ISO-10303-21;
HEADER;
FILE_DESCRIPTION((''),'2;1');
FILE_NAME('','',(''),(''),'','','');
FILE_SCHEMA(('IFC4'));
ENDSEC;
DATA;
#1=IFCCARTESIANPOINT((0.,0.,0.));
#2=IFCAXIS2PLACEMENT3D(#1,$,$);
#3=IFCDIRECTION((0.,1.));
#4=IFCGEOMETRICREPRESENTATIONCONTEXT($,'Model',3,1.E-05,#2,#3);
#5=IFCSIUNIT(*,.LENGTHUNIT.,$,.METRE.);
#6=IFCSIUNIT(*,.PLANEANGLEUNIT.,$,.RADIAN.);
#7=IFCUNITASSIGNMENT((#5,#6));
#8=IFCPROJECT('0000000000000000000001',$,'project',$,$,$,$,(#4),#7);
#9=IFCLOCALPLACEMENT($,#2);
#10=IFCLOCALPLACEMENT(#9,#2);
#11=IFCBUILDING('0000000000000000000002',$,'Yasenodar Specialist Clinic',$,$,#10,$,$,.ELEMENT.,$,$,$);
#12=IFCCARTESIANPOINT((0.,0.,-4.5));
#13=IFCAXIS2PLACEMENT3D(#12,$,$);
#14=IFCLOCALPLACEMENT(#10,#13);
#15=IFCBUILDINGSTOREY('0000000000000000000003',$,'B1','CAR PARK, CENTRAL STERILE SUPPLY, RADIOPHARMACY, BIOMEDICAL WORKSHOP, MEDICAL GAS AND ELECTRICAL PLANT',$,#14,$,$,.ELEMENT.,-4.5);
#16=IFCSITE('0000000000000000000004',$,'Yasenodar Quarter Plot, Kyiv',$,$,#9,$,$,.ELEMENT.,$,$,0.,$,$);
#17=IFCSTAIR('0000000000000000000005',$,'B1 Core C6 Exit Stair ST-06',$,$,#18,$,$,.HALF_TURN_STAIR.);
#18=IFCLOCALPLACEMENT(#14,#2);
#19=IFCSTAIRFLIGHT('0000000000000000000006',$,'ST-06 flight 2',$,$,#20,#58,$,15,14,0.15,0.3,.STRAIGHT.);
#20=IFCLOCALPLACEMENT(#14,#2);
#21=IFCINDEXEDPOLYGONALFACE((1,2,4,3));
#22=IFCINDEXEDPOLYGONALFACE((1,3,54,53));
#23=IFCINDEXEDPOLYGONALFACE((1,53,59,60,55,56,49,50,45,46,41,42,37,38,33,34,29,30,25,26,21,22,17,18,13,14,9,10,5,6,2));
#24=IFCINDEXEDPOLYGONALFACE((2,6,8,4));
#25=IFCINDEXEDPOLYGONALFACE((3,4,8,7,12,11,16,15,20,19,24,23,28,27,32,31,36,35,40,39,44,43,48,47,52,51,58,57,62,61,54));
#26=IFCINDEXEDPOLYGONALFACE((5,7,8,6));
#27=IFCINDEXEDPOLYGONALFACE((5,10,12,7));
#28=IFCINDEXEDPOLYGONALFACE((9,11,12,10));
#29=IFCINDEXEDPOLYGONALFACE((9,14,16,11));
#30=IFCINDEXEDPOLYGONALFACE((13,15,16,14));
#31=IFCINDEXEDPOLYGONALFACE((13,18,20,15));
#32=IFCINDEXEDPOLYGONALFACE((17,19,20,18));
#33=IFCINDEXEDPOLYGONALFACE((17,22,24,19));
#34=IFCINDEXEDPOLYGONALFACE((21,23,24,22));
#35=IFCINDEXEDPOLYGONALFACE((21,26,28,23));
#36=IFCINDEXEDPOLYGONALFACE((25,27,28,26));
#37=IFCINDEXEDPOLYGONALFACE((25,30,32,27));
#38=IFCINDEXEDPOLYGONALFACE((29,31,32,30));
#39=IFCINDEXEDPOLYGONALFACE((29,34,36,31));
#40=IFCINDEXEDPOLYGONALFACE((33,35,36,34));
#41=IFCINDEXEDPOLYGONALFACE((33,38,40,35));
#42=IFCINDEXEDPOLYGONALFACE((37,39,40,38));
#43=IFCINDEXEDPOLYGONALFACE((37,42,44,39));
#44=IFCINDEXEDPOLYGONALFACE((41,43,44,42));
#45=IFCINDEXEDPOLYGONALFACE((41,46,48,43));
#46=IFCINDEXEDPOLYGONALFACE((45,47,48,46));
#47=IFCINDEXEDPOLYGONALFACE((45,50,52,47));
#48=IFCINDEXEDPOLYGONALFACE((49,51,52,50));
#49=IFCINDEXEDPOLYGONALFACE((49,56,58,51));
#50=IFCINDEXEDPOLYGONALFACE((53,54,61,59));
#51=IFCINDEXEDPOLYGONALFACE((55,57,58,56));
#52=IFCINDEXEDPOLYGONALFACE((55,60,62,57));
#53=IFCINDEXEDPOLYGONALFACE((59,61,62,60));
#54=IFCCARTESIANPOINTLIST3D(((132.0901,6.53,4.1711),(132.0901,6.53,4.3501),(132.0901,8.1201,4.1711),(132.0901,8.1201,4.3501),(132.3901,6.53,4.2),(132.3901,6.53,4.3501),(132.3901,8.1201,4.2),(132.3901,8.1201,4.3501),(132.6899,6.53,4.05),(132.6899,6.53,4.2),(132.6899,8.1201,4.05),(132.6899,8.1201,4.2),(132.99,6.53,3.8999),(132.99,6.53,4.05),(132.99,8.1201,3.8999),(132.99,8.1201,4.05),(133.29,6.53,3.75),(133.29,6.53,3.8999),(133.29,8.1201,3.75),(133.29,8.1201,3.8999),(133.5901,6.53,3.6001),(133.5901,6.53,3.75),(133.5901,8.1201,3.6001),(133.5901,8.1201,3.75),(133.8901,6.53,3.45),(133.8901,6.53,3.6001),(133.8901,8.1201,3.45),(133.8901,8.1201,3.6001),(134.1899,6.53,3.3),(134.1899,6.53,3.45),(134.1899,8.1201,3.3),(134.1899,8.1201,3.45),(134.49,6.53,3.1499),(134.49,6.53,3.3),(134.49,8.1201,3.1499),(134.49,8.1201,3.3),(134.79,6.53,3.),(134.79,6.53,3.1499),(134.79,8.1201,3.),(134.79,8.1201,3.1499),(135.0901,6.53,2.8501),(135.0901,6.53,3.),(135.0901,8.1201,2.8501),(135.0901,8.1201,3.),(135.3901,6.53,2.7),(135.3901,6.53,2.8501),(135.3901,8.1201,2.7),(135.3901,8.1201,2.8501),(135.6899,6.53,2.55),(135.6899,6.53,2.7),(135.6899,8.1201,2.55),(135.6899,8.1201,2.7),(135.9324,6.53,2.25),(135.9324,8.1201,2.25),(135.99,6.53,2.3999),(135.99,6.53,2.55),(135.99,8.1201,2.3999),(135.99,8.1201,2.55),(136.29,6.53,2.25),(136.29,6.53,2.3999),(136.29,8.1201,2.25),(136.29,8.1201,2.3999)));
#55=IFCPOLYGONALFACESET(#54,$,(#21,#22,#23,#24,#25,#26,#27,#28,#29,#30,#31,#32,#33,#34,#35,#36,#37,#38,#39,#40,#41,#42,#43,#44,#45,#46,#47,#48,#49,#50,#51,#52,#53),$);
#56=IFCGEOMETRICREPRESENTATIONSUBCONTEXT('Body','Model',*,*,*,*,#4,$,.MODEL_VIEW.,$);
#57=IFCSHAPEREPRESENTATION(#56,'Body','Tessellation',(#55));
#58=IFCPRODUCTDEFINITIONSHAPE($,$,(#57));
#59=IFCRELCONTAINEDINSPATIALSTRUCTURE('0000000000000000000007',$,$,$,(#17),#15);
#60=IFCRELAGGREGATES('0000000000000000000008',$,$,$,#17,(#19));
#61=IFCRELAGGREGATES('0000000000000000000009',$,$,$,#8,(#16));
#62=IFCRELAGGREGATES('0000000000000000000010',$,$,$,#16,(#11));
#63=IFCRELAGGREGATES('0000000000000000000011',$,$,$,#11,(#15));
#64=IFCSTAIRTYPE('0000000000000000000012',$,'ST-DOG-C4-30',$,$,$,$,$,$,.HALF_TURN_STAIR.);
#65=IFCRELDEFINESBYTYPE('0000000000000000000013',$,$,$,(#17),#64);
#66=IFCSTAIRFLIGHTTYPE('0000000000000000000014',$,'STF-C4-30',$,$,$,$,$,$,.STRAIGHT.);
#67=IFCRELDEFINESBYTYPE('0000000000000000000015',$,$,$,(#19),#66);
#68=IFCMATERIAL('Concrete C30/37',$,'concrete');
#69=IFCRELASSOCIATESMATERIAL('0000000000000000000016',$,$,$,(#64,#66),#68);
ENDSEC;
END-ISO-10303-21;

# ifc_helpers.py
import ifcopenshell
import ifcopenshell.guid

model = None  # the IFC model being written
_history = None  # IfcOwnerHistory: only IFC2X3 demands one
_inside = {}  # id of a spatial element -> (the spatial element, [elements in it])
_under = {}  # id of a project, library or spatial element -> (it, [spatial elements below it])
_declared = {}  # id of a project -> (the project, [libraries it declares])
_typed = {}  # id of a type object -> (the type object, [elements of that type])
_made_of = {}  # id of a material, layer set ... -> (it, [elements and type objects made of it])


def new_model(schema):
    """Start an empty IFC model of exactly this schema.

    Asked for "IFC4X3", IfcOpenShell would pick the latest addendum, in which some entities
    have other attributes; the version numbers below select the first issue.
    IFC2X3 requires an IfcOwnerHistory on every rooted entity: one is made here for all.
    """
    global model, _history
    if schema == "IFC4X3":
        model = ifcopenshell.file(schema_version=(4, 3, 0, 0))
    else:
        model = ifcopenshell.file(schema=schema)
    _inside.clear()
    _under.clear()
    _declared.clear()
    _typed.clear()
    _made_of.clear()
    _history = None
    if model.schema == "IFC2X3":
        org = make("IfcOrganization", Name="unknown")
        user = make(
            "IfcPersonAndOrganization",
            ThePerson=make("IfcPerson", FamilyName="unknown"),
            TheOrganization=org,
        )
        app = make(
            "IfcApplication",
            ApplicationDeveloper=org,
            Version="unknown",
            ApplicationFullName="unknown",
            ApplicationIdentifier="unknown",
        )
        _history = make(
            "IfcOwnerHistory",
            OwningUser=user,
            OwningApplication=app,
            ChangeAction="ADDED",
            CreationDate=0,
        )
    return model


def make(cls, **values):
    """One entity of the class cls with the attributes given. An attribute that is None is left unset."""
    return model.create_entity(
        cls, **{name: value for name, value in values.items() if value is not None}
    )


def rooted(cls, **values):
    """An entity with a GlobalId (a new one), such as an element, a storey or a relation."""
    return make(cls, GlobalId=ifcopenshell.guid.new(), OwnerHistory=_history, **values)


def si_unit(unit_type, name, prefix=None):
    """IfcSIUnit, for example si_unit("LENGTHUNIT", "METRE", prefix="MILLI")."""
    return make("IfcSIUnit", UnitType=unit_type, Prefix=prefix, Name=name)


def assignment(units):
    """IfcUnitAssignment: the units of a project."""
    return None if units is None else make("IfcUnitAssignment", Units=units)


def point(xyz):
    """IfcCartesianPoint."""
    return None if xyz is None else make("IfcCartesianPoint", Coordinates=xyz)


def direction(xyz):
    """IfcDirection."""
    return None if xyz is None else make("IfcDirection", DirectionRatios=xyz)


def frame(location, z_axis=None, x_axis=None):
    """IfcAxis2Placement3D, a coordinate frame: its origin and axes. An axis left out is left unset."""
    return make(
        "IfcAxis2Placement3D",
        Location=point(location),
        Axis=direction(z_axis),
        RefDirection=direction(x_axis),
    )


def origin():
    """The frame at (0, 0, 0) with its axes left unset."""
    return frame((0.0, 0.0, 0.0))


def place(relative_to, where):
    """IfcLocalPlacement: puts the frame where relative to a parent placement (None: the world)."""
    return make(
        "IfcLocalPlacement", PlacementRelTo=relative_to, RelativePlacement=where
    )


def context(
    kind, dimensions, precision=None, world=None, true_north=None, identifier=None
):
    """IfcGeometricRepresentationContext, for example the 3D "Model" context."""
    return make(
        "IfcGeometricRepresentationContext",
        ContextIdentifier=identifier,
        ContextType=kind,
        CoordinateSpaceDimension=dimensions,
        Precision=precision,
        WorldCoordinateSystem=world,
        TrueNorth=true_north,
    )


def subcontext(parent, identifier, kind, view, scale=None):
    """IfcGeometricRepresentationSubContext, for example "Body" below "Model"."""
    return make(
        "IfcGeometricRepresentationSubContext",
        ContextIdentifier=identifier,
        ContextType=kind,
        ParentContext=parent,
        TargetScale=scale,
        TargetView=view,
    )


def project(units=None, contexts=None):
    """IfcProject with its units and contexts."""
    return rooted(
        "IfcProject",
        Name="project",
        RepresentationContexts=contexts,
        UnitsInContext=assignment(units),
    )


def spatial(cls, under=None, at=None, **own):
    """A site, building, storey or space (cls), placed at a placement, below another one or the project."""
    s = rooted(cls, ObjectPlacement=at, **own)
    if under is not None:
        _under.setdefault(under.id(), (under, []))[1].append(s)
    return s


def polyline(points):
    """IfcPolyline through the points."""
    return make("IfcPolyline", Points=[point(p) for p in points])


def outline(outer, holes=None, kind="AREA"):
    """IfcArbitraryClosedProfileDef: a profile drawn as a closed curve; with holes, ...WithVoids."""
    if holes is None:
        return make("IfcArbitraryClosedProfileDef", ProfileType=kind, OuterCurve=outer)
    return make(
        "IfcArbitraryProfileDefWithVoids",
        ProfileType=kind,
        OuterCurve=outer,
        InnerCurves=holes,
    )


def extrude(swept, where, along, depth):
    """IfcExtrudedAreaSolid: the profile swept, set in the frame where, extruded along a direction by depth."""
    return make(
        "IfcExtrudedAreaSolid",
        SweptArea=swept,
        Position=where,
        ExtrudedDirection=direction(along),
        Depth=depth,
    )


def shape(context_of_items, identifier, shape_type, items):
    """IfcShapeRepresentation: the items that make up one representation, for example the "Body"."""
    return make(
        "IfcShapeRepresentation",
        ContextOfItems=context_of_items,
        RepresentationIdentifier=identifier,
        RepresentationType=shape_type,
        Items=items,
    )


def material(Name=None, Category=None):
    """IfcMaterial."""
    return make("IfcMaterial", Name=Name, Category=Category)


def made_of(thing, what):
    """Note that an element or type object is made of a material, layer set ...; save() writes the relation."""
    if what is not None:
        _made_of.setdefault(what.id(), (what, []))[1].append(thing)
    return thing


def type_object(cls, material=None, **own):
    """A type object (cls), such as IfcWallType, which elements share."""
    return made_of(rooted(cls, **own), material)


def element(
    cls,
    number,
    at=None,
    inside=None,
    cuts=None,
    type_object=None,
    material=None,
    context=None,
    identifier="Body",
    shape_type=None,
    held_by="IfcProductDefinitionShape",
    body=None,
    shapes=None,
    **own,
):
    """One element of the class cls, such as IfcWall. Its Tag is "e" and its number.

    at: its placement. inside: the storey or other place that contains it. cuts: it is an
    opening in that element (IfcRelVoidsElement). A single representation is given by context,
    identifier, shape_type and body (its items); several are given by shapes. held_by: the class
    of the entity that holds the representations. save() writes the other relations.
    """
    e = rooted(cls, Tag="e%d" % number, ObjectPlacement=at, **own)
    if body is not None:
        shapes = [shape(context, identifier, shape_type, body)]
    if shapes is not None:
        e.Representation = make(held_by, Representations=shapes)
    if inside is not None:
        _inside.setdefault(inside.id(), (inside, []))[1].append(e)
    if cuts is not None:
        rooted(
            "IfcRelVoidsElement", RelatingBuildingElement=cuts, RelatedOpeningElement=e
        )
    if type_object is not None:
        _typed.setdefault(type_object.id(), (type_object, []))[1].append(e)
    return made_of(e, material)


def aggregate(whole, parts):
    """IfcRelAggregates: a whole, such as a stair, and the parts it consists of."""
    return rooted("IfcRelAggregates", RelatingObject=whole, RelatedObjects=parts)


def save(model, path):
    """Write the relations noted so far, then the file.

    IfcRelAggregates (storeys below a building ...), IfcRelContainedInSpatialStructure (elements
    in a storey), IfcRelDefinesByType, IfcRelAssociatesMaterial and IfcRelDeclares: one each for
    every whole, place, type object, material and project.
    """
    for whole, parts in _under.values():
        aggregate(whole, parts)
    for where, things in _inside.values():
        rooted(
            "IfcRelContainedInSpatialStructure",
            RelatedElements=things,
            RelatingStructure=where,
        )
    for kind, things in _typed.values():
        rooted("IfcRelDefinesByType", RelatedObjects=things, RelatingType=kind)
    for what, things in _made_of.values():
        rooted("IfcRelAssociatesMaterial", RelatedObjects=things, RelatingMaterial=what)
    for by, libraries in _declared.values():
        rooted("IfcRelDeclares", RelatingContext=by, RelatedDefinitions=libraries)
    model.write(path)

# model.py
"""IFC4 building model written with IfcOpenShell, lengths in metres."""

from ifc_helpers import new_model, si_unit, direction, frame, origin, place, context, subcontext, project, spatial, polyline, outline, extrude, material, type_object, element, aggregate, save


model = new_model("IFC4")

# Units and contexts
model_context = context("Model", 3, precision=1e-05, world=origin(), true_north=direction((0.0, 1.0)))
body_context = subcontext(model_context, "Body", "Model", "MODEL_VIEW")
ifc_project = project(units=[si_unit("LENGTHUNIT", "METRE"), si_unit("PLANEANGLEUNIT", "RADIAN")], contexts=[model_context])

# Site, building, storey
site_placement = place(None, origin())
site = spatial("IfcSite", under=ifc_project, at=site_placement, Name="Yasenodar Quarter Plot, Kyiv", CompositionType="ELEMENT", RefElevation=0.0)
building_placement = place(site_placement, origin())
building = spatial("IfcBuilding", under=site, at=building_placement, Name="Yasenodar Specialist Clinic", CompositionType="ELEMENT")
storey_placement = place(building_placement, frame((0.0, 0.0, -4.5)))
storey = spatial("IfcBuildingStorey", under=building, at=storey_placement, Name="B1", Description="CAR PARK, CENTRAL STERILE SUPPLY, RADIOPHARMACY, BIOMEDICAL WORKSHOP, MEDICAL GAS AND ELECTRICAL PLANT", CompositionType="ELEMENT", Elevation=-4.5)

# Shared definitions
ifc_material_1 = material(Name="Concrete C30/37", Category="concrete")

# Stair, stair flight
stair_type = type_object("IfcStairType", Name="ST-DOG-C4-30", PredefinedType="HALF_TURN_STAIR", material=ifc_material_1)
stair_placement = place(storey_placement, origin())
stair = element("IfcStair", 1, at=stair_placement, inside=storey, type_object=stair_type, Name="B1 Core C6 Exit Stair ST-06", PredefinedType="HALF_TURN_STAIR")
stair_flight_type = type_object("IfcStairFlightType", Name="STF-C4-30", PredefinedType="STRAIGHT", material=ifc_material_1)
stair_flight_placement = place(storey_placement, frame((136.29, 7.325, 2.25), z_axis=(0.0, 0.0, 1.0), x_axis=(-1.0, 0.0, 0.0)))
stair_flight = element("IfcStairFlight", 2, at=stair_flight_placement, type_object=stair_flight_type, Name="ST-06 flight 2", NumberOfRisers=15, NumberOfTreads=14, PredefinedType="STRAIGHT", RiserHeight=0.15, TreadLength=0.3, context=body_context, shape_type="SweptSolid", body=[
    extrude(outline(polyline([(0.0, 0.0), (0.0, 0.1499), (0.3, 0.1499), (0.3, 0.3), (0.6001, 0.3), (0.6001, 0.45), (0.8999, 0.45), (0.8999, 0.6001), (1.2, 0.6001), (1.2, 0.75), (1.5, 0.75), (1.5, 0.8999), (1.8, 0.8999), (1.8, 1.05), (2.1001, 1.05), (2.1001, 1.2), (2.3999, 1.2), (2.3999, 1.3501), (2.7, 1.3501), (2.7, 1.5), (3.0, 1.5), (3.0, 1.6499), (3.3, 1.6499), (3.3, 1.8), (3.6001, 1.8), (3.6001, 1.95), (3.8999, 1.95), (3.8999, 2.1001), (4.2, 2.1001), (4.2, 2.25), (4.2, 1.9211), (0.3577, 0.0), (0.0, 0.0)])), frame((0.0, 0.7949, 0.0), z_axis=(0.0, -1.0, 0.0), x_axis=(1.0, 0.0, 0.0)), (0.0, 0.0, 1.0), 1.5901),
])
aggregate(stair, [stair_flight])

save(model, "model.ifc")
